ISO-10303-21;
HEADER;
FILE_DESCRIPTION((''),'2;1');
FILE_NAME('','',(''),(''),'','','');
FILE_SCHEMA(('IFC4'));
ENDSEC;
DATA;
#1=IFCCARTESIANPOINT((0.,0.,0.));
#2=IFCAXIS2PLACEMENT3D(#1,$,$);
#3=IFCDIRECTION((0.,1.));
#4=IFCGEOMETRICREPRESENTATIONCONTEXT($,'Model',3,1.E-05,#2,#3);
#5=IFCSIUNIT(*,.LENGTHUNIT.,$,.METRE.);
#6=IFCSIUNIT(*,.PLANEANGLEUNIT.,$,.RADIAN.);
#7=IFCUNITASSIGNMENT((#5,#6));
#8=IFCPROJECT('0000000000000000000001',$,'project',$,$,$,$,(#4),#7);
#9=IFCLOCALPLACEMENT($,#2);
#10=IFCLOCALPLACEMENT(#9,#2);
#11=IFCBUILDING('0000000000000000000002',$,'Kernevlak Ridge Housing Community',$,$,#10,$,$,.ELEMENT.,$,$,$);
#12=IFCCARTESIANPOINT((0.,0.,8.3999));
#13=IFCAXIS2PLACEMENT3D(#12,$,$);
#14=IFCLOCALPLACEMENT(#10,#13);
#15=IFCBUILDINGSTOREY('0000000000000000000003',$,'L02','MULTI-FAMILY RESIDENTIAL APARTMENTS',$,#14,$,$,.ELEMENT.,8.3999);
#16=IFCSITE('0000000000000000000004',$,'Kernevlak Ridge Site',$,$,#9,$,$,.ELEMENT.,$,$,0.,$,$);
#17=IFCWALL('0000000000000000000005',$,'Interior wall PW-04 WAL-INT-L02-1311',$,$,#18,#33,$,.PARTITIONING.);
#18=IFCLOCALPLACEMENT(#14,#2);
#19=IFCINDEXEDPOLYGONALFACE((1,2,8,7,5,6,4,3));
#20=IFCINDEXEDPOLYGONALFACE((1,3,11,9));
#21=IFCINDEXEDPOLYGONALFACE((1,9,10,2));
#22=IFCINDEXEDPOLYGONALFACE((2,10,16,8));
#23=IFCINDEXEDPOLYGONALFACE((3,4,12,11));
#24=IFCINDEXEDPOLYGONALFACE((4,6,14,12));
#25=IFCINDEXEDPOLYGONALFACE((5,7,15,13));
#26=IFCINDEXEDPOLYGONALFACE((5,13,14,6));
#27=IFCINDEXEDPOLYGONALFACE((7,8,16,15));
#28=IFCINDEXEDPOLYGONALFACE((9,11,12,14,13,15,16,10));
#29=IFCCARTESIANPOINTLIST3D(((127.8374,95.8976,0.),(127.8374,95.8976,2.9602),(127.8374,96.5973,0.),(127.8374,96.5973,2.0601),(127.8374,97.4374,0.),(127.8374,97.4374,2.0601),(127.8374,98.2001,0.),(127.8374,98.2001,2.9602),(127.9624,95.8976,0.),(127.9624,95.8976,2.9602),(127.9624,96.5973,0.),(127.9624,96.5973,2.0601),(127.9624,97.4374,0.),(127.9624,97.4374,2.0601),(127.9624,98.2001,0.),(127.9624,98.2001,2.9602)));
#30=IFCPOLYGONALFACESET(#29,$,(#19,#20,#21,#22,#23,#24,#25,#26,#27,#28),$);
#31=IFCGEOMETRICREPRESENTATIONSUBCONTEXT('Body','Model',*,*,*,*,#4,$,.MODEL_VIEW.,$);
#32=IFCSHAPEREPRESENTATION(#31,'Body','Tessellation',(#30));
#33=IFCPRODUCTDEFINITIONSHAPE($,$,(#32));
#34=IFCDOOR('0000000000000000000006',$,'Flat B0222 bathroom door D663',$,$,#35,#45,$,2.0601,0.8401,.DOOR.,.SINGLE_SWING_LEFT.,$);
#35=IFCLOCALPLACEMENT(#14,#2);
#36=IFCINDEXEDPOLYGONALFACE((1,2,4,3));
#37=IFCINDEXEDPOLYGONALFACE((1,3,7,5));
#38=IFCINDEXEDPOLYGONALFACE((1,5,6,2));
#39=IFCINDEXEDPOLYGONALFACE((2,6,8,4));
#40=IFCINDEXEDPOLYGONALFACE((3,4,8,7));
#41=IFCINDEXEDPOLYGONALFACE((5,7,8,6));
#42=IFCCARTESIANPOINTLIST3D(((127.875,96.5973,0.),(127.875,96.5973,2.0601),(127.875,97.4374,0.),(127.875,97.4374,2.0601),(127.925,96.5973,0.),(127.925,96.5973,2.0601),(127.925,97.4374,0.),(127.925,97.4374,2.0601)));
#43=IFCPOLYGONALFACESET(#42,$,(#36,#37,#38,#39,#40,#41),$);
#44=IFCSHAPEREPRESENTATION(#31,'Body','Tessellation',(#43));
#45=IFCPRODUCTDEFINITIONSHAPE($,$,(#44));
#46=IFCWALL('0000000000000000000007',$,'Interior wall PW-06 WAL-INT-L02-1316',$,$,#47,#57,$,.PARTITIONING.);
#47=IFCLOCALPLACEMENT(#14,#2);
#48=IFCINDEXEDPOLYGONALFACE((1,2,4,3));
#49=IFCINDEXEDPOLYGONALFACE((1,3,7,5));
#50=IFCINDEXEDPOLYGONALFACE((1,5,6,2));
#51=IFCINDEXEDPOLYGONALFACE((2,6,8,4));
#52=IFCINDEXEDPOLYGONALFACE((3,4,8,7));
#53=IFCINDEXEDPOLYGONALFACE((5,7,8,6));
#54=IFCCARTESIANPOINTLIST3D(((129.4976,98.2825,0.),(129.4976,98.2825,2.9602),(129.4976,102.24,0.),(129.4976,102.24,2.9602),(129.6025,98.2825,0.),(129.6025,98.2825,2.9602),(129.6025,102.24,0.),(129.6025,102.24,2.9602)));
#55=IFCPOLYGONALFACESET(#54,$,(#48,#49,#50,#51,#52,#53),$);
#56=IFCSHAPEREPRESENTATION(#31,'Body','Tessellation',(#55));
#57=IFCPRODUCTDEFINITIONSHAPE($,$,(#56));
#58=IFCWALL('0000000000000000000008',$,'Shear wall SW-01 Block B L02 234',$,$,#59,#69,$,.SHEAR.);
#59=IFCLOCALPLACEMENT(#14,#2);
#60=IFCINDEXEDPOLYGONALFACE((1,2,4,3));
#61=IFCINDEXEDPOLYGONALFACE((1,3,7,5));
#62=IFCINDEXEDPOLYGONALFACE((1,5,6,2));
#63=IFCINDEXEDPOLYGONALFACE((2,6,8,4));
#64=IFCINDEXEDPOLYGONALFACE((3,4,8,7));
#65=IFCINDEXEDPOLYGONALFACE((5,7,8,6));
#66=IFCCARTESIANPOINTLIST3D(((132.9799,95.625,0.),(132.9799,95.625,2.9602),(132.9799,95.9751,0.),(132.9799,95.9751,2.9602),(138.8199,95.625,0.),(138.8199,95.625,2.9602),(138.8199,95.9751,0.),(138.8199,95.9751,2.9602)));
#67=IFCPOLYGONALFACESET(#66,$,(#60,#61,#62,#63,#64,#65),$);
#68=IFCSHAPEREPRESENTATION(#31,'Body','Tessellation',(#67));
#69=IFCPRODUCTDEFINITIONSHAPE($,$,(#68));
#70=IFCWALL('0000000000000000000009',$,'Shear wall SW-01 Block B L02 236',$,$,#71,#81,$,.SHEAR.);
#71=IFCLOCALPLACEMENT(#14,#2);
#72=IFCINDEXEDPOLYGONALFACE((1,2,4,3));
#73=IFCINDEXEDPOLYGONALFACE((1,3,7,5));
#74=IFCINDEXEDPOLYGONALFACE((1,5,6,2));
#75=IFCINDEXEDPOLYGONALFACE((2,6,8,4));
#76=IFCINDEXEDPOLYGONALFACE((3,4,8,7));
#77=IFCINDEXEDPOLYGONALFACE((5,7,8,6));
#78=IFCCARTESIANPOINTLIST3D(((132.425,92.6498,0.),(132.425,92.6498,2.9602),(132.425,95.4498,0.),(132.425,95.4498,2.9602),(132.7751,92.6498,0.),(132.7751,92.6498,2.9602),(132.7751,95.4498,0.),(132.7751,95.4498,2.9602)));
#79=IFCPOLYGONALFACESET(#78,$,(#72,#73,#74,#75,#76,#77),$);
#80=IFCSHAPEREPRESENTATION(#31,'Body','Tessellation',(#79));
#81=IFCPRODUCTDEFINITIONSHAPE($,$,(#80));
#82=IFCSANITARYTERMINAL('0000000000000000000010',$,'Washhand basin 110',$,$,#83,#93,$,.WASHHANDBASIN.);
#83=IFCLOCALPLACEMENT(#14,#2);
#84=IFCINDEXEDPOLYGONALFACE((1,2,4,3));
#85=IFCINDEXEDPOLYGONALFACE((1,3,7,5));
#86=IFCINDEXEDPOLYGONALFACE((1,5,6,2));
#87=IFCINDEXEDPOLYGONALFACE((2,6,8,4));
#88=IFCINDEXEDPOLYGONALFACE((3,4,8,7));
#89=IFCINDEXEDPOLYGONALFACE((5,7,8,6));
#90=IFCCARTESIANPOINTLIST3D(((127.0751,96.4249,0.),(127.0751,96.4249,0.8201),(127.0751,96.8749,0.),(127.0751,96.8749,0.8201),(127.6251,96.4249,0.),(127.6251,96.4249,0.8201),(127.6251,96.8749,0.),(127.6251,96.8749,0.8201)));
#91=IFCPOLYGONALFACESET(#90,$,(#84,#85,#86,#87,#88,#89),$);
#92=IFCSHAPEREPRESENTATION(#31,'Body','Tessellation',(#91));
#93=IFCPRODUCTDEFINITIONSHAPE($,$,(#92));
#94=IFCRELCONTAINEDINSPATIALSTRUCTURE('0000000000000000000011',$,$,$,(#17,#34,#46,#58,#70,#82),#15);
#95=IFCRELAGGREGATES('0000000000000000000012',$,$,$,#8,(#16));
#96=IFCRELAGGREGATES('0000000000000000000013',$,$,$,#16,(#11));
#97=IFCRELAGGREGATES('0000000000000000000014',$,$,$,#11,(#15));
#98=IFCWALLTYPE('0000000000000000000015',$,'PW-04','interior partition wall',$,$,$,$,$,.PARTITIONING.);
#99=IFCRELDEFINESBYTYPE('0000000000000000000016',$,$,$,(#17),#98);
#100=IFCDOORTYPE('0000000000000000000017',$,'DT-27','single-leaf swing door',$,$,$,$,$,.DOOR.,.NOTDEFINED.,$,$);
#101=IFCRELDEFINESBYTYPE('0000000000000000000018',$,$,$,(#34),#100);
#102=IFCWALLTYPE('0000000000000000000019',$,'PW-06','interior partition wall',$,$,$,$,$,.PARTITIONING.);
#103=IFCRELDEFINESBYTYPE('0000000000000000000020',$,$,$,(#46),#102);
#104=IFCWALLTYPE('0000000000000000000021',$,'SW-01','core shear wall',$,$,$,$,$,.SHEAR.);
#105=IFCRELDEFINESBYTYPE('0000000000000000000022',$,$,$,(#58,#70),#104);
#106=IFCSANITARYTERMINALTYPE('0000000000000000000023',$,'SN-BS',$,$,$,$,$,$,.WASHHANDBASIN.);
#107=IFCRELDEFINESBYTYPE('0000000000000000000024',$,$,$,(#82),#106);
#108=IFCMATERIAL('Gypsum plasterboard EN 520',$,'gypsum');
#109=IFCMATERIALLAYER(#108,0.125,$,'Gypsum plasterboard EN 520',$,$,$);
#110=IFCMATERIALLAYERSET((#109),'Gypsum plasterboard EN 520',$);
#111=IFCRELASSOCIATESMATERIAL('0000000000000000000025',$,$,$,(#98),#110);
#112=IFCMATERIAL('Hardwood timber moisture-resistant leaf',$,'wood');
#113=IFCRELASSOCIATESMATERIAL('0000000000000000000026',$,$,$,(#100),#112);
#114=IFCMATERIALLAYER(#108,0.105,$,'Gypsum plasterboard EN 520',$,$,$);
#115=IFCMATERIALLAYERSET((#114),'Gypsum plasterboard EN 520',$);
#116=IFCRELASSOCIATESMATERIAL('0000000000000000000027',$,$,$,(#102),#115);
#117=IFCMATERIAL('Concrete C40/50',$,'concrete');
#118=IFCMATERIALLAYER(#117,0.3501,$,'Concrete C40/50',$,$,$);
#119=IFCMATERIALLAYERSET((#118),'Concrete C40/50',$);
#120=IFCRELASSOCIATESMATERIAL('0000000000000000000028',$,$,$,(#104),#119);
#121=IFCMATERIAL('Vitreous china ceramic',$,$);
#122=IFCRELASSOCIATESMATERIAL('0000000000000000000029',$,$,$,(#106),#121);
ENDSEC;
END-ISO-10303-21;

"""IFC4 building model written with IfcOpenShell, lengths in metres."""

from ifc_helpers import new_model, si_unit, direction, frame, frame_2d, origin, origin_2d, place, context, subcontext, project, spatial, rectangle, extrude, material, layer, layer_set, type_object, element, fill, save


model = new_model("IFC4")

# Units and contexts
model_context = context("Model", 3, precision=1e-05, world=origin(), true_north=direction((0.0, 1.0)))
body_context = subcontext(model_context, "Body", "Model", "MODEL_VIEW")
ifc_project = project(units=[si_unit("LENGTHUNIT", "METRE"), si_unit("PLANEANGLEUNIT", "RADIAN")], contexts=[model_context])

# Site, building, storey
site_placement = place(None, origin())
site = spatial("IfcSite", under=ifc_project, at=site_placement, Name="Kernevlak Ridge Site", CompositionType="ELEMENT", RefElevation=0.0)
building_placement = place(site_placement, origin())
building = spatial("IfcBuilding", under=site, at=building_placement, Name="Kernevlak Ridge Housing Community", CompositionType="ELEMENT")
storey_placement = place(building_placement, frame((0.0, 0.0, 8.3999)))
storey = spatial("IfcBuildingStorey", under=building, at=storey_placement, Name="L02", Description="MULTI-FAMILY RESIDENTIAL APARTMENTS", CompositionType="ELEMENT", Elevation=8.3999)

# Shared definitions
ifc_material_1 = material(Name="Concrete C40/50", Category="concrete")

# Wall, opening, door
ifc_material_2 = material(Name="Gypsum plasterboard EN 520", Category="gypsum")
ifc_layer_1 = layer(ifc_material_2, 0.125, Name="Gypsum plasterboard EN 520")
ifc_layer_set_1 = layer_set([ifc_layer_1], Name="Gypsum plasterboard EN 520")
wall_type_1 = type_object("IfcWallType", Name="PW-04", Description="interior partition wall", PredefinedType="PARTITIONING", material=ifc_layer_set_1)
wall_1_placement = place(storey_placement, frame((127.8999, 95.8975, 0.0), z_axis=(0.0, 0.0, 1.0), x_axis=(0.0, 1.0, 0.0)))
wall_1 = element("IfcWall", 1, at=wall_1_placement, inside=storey, type_object=wall_type_1, Name="Interior wall PW-04 WAL-INT-L02-1311", PredefinedType="PARTITIONING", context=body_context, shape_type="SweptSolid", body=[
    extrude(rectangle(XDim=2.3025, YDim=0.125, at=frame_2d((1.1514, 0.0))), origin(), (0.0, 0.0, 1.0), 2.9602),
])
opening_1_placement = place(wall_1_placement, frame((0.7, 0.0, 0.0)))
opening_1 = element("IfcOpeningElement", 2, at=opening_1_placement, cuts=wall_1, PredefinedType="OPENING", context=body_context, shape_type="SweptSolid", body=[
    extrude(rectangle(XDim=0.8401, YDim=2.0601, at=frame_2d((0.4199, 1.03))), frame((0.0, 0.0725, 0.0), z_axis=(0.0, -1.0, 0.0), x_axis=(1.0, 0.0, 0.0)), (0.0, 0.0, 1.0), 0.145),
])
ifc_material_3 = material(Name="Hardwood timber moisture-resistant leaf", Category="wood")
door_type_1 = type_object("IfcDoorType", Name="DT-27", Description="single-leaf swing door", OperationType="NOTDEFINED", PredefinedType="DOOR", material=ifc_material_3)
door_1_placement = place(opening_1_placement, origin())
door_1 = element("IfcDoor", 3, at=door_1_placement, inside=storey, type_object=door_type_1, Name="Flat B0222 bathroom door D663", OperationType="SINGLE_SWING_LEFT", OverallHeight=2.0601, OverallWidth=0.8401, PredefinedType="DOOR", context=body_context, shape_type="SweptSolid", body=[
    extrude(rectangle(XDim=0.8401, YDim=2.0601, at=frame_2d((0.4199, 1.03))), frame((0.0, 0.0249, 0.0), z_axis=(0.0, -1.0, 0.0), x_axis=(1.0, 0.0, 0.0)), (0.0, 0.0, 1.0), 0.05),
])
fill(opening_1, door_1)

# Walls
ifc_layer_2 = layer(ifc_material_2, 0.105, Name="Gypsum plasterboard EN 520")
ifc_layer_set_2 = layer_set([ifc_layer_2], Name="Gypsum plasterboard EN 520")
wall_type_2 = type_object("IfcWallType", Name="PW-06", Description="interior partition wall", PredefinedType="PARTITIONING", material=ifc_layer_set_2)
wall_2_placement = place(storey_placement, frame((129.55, 98.2825, 0.0), z_axis=(0.0, 0.0, 1.0), x_axis=(0.0, 1.0, 0.0)))
element("IfcWall", 4, at=wall_2_placement, inside=storey, type_object=wall_type_2, Name="Interior wall PW-06 WAL-INT-L02-1316", PredefinedType="PARTITIONING", context=body_context, shape_type="SweptSolid", body=[
    extrude(rectangle(XDim=3.9575, YDim=0.105, at=frame_2d((1.9788, 0.0))), origin(), (0.0, 0.0, 1.0), 2.9602),
])
ifc_layer_3 = layer(ifc_material_1, 0.3501, Name="Concrete C40/50")
ifc_layer_set_3 = layer_set([ifc_layer_3], Name="Concrete C40/50")
wall_type_3 = type_object("IfcWallType", Name="SW-01", Description="core shear wall", PredefinedType="SHEAR", material=ifc_layer_set_3)
wall_3_placement = place(storey_placement, frame((132.98, 95.8, 0.0), z_axis=(0.0, 0.0, 1.0), x_axis=(1.0, 0.0, 0.0)))
element("IfcWall", 5, at=wall_3_placement, inside=storey, type_object=wall_type_3, Name="Shear wall SW-01 Block B L02 234", PredefinedType="SHEAR", context=body_context, shape_type="SweptSolid", body=[
    extrude(rectangle(XDim=5.8401, YDim=0.3501, at=frame_2d((2.9199, 0.0))), origin(), (0.0, 0.0, 1.0), 2.9602),
])
wall_4_placement = place(storey_placement, frame((132.6001, 92.6499, 0.0), z_axis=(0.0, 0.0, 1.0), x_axis=(0.0, 1.0, 0.0)))
element("IfcWall", 6, at=wall_4_placement, inside=storey, type_object=wall_type_3, Name="Shear wall SW-01 Block B L02 236", PredefinedType="SHEAR", context=body_context, shape_type="SweptSolid", body=[
    extrude(rectangle(XDim=2.8, YDim=0.3501, at=frame_2d((1.3999, 0.0))), origin(), (0.0, 0.0, 1.0), 2.9602),
])

# Sanitary terminal
ifc_material_4 = material(Name="Vitreous china ceramic")
sanitary_terminal_type = type_object("IfcSanitaryTerminalType", Name="SN-BS", PredefinedType="WASHHANDBASIN", material=ifc_material_4)
sanitary_terminal_placement = place(storey_placement, frame((127.3501, 96.6499, 0.0), z_axis=(0.0, 0.0, 1.0), x_axis=(1.0, 0.0, 0.0)))
element("IfcSanitaryTerminal", 7, at=sanitary_terminal_placement, inside=storey, type_object=sanitary_terminal_type, Name="Washhand basin 110", PredefinedType="WASHHANDBASIN", context=body_context, shape_type="SweptSolid", body=[
    extrude(rectangle(XDim=0.55, YDim=0.45, at=origin_2d()), origin(), (0.0, 0.0, 1.0), 0.8201),
])

save(model, "model.ifc")
